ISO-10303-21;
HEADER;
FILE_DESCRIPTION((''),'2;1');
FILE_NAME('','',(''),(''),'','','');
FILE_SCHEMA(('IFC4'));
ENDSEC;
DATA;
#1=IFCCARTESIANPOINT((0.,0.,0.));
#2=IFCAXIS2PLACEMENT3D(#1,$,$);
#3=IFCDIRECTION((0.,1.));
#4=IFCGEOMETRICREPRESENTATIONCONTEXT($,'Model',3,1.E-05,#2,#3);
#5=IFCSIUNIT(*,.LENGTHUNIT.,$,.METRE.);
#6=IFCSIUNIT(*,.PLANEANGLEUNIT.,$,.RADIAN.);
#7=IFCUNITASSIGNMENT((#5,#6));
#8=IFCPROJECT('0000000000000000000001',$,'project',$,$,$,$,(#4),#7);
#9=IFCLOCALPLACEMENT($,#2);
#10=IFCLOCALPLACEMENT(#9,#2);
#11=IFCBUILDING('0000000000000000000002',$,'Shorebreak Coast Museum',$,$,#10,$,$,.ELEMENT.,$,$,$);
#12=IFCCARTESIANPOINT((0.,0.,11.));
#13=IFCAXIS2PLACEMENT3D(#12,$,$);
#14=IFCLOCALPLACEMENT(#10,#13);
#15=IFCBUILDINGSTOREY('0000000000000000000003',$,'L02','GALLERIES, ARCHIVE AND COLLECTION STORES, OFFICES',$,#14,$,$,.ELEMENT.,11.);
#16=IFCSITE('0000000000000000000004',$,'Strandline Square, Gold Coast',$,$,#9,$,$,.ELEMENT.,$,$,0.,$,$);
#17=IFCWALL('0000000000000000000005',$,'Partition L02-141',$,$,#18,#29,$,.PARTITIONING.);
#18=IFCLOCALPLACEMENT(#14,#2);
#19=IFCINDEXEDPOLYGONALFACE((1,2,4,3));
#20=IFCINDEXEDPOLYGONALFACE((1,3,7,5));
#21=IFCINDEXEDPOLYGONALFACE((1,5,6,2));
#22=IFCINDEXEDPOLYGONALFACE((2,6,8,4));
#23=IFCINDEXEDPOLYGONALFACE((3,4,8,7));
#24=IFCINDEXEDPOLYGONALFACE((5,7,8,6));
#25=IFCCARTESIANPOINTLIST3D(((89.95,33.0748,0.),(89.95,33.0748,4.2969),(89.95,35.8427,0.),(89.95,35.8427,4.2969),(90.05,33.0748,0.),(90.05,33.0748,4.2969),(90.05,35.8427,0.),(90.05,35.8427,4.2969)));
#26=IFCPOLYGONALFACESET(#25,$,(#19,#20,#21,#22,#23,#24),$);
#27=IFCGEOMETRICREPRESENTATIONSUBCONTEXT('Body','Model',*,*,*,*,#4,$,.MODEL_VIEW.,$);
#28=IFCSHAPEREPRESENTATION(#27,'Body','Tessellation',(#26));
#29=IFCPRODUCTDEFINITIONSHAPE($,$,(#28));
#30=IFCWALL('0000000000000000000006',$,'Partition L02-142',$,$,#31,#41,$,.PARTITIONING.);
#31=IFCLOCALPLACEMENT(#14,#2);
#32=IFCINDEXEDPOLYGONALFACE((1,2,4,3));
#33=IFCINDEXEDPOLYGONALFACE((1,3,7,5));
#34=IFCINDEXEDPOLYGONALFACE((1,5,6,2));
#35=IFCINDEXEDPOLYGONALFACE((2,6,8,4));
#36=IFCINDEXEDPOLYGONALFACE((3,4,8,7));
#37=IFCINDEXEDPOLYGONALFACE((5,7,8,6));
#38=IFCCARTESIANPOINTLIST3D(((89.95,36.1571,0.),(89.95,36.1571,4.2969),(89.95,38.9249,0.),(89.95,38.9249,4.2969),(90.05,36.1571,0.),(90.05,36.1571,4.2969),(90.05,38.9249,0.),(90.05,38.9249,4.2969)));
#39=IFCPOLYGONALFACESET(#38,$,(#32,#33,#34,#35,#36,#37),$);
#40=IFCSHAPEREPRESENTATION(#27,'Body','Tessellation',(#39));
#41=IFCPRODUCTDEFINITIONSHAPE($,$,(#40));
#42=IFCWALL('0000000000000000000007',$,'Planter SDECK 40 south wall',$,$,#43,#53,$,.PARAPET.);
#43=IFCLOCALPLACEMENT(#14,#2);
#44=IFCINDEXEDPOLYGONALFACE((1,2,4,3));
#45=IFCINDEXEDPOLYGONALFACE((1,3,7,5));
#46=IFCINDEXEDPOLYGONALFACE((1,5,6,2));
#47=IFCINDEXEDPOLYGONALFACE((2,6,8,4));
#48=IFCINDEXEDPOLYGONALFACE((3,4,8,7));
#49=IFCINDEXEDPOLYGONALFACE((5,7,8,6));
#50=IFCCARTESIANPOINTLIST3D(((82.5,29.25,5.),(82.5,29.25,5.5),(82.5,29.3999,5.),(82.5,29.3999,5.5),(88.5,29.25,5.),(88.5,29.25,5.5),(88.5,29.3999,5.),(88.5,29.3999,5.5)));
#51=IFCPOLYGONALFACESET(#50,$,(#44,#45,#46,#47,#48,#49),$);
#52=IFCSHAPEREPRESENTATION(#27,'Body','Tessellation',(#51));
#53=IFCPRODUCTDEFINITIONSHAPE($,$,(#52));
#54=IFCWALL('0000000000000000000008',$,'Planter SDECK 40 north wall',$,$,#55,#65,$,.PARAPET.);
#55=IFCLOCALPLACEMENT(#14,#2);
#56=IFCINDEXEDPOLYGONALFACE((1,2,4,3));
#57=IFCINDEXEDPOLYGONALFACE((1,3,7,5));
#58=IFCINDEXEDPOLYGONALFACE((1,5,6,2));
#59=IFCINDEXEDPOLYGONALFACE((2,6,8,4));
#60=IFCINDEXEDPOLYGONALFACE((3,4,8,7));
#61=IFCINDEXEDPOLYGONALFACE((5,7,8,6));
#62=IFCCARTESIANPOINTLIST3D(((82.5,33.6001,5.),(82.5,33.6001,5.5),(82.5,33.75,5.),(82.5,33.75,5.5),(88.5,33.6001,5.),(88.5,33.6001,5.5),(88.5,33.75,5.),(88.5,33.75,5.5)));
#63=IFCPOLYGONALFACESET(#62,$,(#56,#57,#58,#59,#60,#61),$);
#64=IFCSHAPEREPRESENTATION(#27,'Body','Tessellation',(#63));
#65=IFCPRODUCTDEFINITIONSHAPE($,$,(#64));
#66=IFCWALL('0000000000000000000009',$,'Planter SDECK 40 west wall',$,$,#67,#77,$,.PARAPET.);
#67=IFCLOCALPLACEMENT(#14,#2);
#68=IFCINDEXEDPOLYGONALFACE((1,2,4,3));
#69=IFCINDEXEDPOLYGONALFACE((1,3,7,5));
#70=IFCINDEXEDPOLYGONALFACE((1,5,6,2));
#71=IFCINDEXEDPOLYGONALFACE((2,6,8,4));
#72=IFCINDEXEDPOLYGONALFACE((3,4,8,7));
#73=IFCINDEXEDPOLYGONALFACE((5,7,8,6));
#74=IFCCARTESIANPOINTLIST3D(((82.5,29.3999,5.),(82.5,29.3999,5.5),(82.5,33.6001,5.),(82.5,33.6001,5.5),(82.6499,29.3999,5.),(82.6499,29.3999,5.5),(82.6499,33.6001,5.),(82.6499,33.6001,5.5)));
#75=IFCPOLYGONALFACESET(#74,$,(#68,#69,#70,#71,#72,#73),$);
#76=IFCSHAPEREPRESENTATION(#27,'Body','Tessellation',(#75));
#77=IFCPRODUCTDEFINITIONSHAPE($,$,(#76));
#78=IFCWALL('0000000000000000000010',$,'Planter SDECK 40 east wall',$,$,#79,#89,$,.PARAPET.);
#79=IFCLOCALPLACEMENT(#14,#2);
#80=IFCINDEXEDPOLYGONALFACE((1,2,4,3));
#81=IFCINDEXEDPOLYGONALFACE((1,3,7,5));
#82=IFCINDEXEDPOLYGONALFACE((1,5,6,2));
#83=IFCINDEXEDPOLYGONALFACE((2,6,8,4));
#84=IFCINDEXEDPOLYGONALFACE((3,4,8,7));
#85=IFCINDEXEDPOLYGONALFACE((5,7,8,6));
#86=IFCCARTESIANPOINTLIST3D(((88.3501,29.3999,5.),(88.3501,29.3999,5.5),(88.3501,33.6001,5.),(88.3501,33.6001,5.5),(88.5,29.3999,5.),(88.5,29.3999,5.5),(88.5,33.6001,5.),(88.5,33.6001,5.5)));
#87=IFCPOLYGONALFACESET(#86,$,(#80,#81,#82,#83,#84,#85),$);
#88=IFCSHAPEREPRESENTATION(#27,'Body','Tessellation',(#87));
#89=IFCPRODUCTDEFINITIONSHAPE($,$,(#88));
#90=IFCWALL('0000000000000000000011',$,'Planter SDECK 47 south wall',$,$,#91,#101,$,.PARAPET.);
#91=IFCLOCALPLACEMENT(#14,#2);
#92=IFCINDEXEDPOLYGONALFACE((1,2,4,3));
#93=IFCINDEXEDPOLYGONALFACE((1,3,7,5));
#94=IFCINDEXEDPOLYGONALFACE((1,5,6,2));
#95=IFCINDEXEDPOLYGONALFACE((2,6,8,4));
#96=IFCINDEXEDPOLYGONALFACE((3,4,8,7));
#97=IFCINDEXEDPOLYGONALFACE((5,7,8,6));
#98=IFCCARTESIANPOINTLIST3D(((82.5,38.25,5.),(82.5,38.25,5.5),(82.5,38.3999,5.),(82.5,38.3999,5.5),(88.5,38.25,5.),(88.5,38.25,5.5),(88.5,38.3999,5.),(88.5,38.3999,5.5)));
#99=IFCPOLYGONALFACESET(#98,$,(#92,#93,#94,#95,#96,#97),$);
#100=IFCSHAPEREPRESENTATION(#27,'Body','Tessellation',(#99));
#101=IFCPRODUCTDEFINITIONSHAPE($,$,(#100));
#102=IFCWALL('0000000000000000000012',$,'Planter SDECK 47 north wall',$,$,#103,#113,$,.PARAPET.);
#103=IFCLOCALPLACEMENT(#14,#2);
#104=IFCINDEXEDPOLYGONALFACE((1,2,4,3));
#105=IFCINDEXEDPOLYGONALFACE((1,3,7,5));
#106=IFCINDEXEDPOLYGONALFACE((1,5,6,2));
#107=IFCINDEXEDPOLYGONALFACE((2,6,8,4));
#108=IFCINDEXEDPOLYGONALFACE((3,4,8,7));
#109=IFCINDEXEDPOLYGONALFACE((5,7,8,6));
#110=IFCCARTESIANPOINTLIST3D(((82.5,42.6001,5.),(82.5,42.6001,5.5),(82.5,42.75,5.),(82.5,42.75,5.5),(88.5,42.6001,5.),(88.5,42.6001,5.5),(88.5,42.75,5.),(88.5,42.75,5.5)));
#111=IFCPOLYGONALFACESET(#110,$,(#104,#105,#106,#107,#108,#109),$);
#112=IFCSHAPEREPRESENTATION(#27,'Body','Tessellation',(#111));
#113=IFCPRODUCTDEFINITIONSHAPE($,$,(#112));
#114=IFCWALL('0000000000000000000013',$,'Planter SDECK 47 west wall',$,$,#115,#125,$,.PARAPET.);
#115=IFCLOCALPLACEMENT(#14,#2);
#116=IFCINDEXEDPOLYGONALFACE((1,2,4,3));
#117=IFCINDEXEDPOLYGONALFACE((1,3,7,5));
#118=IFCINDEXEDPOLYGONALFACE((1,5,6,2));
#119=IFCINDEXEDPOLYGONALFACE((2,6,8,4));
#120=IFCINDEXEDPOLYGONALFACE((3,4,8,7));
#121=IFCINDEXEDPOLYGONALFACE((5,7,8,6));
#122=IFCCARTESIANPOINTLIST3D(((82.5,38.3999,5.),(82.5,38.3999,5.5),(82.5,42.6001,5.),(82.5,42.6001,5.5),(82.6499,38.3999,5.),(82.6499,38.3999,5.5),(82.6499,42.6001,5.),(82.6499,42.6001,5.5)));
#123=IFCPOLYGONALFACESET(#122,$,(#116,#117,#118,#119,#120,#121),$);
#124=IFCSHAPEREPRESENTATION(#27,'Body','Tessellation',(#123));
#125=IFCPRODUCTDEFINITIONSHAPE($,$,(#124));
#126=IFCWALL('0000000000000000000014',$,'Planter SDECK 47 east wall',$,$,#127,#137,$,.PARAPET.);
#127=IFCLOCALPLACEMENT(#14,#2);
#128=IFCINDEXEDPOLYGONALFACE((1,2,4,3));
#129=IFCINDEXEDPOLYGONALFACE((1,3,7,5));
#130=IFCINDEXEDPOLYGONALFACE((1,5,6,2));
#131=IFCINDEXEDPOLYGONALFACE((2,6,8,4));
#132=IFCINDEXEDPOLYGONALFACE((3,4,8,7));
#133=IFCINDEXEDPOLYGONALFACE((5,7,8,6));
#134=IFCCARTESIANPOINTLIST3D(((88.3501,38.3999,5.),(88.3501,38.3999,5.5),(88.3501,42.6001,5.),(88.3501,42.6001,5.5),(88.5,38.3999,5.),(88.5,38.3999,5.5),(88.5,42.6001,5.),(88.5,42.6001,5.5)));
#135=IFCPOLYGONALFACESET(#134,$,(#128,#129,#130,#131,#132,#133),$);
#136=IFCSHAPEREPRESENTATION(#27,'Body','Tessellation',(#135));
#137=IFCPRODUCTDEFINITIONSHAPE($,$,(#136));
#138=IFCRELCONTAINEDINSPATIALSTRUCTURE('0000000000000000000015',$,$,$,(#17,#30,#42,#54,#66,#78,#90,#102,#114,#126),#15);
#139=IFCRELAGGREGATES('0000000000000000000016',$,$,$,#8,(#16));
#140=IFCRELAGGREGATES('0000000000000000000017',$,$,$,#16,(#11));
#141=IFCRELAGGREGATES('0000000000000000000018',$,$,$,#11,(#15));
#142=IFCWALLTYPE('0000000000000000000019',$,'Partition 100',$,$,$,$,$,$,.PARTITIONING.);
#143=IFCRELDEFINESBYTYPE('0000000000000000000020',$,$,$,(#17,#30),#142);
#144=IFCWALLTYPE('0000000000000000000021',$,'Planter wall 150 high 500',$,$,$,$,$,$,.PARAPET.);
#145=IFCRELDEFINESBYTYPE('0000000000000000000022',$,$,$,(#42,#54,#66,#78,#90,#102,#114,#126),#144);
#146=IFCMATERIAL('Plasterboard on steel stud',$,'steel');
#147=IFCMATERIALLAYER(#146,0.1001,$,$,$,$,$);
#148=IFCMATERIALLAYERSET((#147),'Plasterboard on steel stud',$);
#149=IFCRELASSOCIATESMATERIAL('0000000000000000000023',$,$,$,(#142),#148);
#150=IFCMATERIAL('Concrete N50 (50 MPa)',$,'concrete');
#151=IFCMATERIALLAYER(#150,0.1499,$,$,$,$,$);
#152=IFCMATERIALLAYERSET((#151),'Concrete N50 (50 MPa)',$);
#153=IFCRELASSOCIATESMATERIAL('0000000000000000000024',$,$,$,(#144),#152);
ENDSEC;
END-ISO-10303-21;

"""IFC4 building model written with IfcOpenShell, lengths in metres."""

from ifc_helpers import new_model, si_unit, direction, frame, frame_2d, origin, place, context, subcontext, project, spatial, rectangle, extrude, material, layer, layer_set, type_object, element, save


model = new_model("IFC4")

# Units and contexts
model_context = context("Model", 3, precision=1e-05, world=origin(), true_north=direction((0.0, 1.0)))
body_context = subcontext(model_context, "Body", "Model", "MODEL_VIEW")
ifc_project = project(units=[si_unit("LENGTHUNIT", "METRE"), si_unit("PLANEANGLEUNIT", "RADIAN")], contexts=[model_context])

# Site, building, storey
site_placement = place(None, origin())
site = spatial("IfcSite", under=ifc_project, at=site_placement, Name="Strandline Square, Gold Coast", CompositionType="ELEMENT", RefElevation=0.0)
building_placement = place(site_placement, origin())
building = spatial("IfcBuilding", under=site, at=building_placement, Name="Shorebreak Coast Museum", CompositionType="ELEMENT")
storey_placement = place(building_placement, frame((0.0, 0.0, 11.0)))
storey = spatial("IfcBuildingStorey", under=building, at=storey_placement, Name="L02", Description="GALLERIES, ARCHIVE AND COLLECTION STORES, OFFICES", CompositionType="ELEMENT", Elevation=11.0)

# Walls
ifc_material_1 = material(Name="Plasterboard on steel stud", Category="steel")
ifc_layer_1 = layer(ifc_material_1, 0.1001)
ifc_layer_set_1 = layer_set([ifc_layer_1], Name="Plasterboard on steel stud")
wall_type_1 = type_object("IfcWallType", Name="Partition 100", PredefinedType="PARTITIONING", material=ifc_layer_set_1)
for number, where, z_axis, x_axis, name in (
    (1, (90.0, 33.075, 0.0), (0.0, 0.0, 1.0), (0.0, 1.0, 0.0), "Partition L02-141"),
    (2, (90.0, 36.1572, 0.0), (0.0, 0.0, 1.0), (0.0, 1.0, 0.0), "Partition L02-142"),
):
    element("IfcWall", number, at=place(storey_placement, frame(where, z_axis=z_axis, x_axis=x_axis)), inside=storey, type_object=wall_type_1, Name=name, PredefinedType="PARTITIONING", context=body_context, shape_type="SweptSolid", body=[
        extrude(rectangle(XDim=2.7678, YDim=0.1001, at=frame_2d((1.3838, 0.0))), origin(), (0.0, 0.0, 1.0), 4.2969),
    ])
ifc_material_2 = material(Name="Concrete N50 (50 MPa)", Category="concrete")
ifc_layer_2 = layer(ifc_material_2, 0.1499)
ifc_layer_set_2 = layer_set([ifc_layer_2], Name="Concrete N50 (50 MPa)")
wall_type_2 = type_object("IfcWallType", Name="Planter wall 150 high 500", PredefinedType="PARAPET", material=ifc_layer_set_2)
for number, where, z_axis, x_axis, name in (
    (3, (82.5, 29.325, 5.0), (0.0, 0.0, 1.0), (1.0, 0.0, 0.0), "Planter SDECK 40 south wall"),
    (4, (82.5, 33.675, 5.0), (0.0, 0.0, 1.0), (1.0, 0.0, 0.0), "Planter SDECK 40 north wall"),
):
    element("IfcWall", number, at=place(storey_placement, frame(where, z_axis=z_axis, x_axis=x_axis)), inside=storey, type_object=wall_type_2, Name=name, PredefinedType="PARAPET", context=body_context, shape_type="SweptSolid", body=[
        extrude(rectangle(XDim=6.0, YDim=0.1499, at=frame_2d((3.0, 0.0))), origin(), (0.0, 0.0, 1.0), 0.5),
    ])
for number, where, z_axis, x_axis, name in (
    (5, (82.575, 29.3999, 5.0), (0.0, 0.0, 1.0), (0.0, 1.0, 0.0), "Planter SDECK 40 west wall"),
    (6, (88.425, 29.3999, 5.0), (0.0, 0.0, 1.0), (0.0, 1.0, 0.0), "Planter SDECK 40 east wall"),
):
    element("IfcWall", number, at=place(storey_placement, frame(where, z_axis=z_axis, x_axis=x_axis)), inside=storey, type_object=wall_type_2, Name=name, PredefinedType="PARAPET", context=body_context, shape_type="SweptSolid", body=[
        extrude(rectangle(XDim=4.2002, YDim=0.1499, at=frame_2d((2.1001, 0.0))), origin(), (0.0, 0.0, 1.0), 0.5),
    ])
for number, where, z_axis, x_axis, name in (
    (7, (82.5, 38.325, 5.0), (0.0, 0.0, 1.0), (1.0, 0.0, 0.0), "Planter SDECK 47 south wall"),
    (8, (82.5, 42.675, 5.0), (0.0, 0.0, 1.0), (1.0, 0.0, 0.0), "Planter SDECK 47 north wall"),
):
    element("IfcWall", number, at=place(storey_placement, frame(where, z_axis=z_axis, x_axis=x_axis)), inside=storey, type_object=wall_type_2, Name=name, PredefinedType="PARAPET", context=body_context, shape_type="SweptSolid", body=[
        extrude(rectangle(XDim=6.0, YDim=0.1499, at=frame_2d((3.0, 0.0))), origin(), (0.0, 0.0, 1.0), 0.5),
    ])
for number, where, z_axis, x_axis, name in (
    (9, (82.575, 38.3999, 5.0), (0.0, 0.0, 1.0), (0.0, 1.0, 0.0), "Planter SDECK 47 west wall"),
    (10, (88.425, 38.3999, 5.0), (0.0, 0.0, 1.0), (0.0, 1.0, 0.0), "Planter SDECK 47 east wall"),
):
    element("IfcWall", number, at=place(storey_placement, frame(where, z_axis=z_axis, x_axis=x_axis)), inside=storey, type_object=wall_type_2, Name=name, PredefinedType="PARAPET", context=body_context, shape_type="SweptSolid", body=[
        extrude(rectangle(XDim=4.2002, YDim=0.1499, at=frame_2d((2.1001, 0.0))), origin(), (0.0, 0.0, 1.0), 0.5),
    ])

save(model, "model.ifc")
